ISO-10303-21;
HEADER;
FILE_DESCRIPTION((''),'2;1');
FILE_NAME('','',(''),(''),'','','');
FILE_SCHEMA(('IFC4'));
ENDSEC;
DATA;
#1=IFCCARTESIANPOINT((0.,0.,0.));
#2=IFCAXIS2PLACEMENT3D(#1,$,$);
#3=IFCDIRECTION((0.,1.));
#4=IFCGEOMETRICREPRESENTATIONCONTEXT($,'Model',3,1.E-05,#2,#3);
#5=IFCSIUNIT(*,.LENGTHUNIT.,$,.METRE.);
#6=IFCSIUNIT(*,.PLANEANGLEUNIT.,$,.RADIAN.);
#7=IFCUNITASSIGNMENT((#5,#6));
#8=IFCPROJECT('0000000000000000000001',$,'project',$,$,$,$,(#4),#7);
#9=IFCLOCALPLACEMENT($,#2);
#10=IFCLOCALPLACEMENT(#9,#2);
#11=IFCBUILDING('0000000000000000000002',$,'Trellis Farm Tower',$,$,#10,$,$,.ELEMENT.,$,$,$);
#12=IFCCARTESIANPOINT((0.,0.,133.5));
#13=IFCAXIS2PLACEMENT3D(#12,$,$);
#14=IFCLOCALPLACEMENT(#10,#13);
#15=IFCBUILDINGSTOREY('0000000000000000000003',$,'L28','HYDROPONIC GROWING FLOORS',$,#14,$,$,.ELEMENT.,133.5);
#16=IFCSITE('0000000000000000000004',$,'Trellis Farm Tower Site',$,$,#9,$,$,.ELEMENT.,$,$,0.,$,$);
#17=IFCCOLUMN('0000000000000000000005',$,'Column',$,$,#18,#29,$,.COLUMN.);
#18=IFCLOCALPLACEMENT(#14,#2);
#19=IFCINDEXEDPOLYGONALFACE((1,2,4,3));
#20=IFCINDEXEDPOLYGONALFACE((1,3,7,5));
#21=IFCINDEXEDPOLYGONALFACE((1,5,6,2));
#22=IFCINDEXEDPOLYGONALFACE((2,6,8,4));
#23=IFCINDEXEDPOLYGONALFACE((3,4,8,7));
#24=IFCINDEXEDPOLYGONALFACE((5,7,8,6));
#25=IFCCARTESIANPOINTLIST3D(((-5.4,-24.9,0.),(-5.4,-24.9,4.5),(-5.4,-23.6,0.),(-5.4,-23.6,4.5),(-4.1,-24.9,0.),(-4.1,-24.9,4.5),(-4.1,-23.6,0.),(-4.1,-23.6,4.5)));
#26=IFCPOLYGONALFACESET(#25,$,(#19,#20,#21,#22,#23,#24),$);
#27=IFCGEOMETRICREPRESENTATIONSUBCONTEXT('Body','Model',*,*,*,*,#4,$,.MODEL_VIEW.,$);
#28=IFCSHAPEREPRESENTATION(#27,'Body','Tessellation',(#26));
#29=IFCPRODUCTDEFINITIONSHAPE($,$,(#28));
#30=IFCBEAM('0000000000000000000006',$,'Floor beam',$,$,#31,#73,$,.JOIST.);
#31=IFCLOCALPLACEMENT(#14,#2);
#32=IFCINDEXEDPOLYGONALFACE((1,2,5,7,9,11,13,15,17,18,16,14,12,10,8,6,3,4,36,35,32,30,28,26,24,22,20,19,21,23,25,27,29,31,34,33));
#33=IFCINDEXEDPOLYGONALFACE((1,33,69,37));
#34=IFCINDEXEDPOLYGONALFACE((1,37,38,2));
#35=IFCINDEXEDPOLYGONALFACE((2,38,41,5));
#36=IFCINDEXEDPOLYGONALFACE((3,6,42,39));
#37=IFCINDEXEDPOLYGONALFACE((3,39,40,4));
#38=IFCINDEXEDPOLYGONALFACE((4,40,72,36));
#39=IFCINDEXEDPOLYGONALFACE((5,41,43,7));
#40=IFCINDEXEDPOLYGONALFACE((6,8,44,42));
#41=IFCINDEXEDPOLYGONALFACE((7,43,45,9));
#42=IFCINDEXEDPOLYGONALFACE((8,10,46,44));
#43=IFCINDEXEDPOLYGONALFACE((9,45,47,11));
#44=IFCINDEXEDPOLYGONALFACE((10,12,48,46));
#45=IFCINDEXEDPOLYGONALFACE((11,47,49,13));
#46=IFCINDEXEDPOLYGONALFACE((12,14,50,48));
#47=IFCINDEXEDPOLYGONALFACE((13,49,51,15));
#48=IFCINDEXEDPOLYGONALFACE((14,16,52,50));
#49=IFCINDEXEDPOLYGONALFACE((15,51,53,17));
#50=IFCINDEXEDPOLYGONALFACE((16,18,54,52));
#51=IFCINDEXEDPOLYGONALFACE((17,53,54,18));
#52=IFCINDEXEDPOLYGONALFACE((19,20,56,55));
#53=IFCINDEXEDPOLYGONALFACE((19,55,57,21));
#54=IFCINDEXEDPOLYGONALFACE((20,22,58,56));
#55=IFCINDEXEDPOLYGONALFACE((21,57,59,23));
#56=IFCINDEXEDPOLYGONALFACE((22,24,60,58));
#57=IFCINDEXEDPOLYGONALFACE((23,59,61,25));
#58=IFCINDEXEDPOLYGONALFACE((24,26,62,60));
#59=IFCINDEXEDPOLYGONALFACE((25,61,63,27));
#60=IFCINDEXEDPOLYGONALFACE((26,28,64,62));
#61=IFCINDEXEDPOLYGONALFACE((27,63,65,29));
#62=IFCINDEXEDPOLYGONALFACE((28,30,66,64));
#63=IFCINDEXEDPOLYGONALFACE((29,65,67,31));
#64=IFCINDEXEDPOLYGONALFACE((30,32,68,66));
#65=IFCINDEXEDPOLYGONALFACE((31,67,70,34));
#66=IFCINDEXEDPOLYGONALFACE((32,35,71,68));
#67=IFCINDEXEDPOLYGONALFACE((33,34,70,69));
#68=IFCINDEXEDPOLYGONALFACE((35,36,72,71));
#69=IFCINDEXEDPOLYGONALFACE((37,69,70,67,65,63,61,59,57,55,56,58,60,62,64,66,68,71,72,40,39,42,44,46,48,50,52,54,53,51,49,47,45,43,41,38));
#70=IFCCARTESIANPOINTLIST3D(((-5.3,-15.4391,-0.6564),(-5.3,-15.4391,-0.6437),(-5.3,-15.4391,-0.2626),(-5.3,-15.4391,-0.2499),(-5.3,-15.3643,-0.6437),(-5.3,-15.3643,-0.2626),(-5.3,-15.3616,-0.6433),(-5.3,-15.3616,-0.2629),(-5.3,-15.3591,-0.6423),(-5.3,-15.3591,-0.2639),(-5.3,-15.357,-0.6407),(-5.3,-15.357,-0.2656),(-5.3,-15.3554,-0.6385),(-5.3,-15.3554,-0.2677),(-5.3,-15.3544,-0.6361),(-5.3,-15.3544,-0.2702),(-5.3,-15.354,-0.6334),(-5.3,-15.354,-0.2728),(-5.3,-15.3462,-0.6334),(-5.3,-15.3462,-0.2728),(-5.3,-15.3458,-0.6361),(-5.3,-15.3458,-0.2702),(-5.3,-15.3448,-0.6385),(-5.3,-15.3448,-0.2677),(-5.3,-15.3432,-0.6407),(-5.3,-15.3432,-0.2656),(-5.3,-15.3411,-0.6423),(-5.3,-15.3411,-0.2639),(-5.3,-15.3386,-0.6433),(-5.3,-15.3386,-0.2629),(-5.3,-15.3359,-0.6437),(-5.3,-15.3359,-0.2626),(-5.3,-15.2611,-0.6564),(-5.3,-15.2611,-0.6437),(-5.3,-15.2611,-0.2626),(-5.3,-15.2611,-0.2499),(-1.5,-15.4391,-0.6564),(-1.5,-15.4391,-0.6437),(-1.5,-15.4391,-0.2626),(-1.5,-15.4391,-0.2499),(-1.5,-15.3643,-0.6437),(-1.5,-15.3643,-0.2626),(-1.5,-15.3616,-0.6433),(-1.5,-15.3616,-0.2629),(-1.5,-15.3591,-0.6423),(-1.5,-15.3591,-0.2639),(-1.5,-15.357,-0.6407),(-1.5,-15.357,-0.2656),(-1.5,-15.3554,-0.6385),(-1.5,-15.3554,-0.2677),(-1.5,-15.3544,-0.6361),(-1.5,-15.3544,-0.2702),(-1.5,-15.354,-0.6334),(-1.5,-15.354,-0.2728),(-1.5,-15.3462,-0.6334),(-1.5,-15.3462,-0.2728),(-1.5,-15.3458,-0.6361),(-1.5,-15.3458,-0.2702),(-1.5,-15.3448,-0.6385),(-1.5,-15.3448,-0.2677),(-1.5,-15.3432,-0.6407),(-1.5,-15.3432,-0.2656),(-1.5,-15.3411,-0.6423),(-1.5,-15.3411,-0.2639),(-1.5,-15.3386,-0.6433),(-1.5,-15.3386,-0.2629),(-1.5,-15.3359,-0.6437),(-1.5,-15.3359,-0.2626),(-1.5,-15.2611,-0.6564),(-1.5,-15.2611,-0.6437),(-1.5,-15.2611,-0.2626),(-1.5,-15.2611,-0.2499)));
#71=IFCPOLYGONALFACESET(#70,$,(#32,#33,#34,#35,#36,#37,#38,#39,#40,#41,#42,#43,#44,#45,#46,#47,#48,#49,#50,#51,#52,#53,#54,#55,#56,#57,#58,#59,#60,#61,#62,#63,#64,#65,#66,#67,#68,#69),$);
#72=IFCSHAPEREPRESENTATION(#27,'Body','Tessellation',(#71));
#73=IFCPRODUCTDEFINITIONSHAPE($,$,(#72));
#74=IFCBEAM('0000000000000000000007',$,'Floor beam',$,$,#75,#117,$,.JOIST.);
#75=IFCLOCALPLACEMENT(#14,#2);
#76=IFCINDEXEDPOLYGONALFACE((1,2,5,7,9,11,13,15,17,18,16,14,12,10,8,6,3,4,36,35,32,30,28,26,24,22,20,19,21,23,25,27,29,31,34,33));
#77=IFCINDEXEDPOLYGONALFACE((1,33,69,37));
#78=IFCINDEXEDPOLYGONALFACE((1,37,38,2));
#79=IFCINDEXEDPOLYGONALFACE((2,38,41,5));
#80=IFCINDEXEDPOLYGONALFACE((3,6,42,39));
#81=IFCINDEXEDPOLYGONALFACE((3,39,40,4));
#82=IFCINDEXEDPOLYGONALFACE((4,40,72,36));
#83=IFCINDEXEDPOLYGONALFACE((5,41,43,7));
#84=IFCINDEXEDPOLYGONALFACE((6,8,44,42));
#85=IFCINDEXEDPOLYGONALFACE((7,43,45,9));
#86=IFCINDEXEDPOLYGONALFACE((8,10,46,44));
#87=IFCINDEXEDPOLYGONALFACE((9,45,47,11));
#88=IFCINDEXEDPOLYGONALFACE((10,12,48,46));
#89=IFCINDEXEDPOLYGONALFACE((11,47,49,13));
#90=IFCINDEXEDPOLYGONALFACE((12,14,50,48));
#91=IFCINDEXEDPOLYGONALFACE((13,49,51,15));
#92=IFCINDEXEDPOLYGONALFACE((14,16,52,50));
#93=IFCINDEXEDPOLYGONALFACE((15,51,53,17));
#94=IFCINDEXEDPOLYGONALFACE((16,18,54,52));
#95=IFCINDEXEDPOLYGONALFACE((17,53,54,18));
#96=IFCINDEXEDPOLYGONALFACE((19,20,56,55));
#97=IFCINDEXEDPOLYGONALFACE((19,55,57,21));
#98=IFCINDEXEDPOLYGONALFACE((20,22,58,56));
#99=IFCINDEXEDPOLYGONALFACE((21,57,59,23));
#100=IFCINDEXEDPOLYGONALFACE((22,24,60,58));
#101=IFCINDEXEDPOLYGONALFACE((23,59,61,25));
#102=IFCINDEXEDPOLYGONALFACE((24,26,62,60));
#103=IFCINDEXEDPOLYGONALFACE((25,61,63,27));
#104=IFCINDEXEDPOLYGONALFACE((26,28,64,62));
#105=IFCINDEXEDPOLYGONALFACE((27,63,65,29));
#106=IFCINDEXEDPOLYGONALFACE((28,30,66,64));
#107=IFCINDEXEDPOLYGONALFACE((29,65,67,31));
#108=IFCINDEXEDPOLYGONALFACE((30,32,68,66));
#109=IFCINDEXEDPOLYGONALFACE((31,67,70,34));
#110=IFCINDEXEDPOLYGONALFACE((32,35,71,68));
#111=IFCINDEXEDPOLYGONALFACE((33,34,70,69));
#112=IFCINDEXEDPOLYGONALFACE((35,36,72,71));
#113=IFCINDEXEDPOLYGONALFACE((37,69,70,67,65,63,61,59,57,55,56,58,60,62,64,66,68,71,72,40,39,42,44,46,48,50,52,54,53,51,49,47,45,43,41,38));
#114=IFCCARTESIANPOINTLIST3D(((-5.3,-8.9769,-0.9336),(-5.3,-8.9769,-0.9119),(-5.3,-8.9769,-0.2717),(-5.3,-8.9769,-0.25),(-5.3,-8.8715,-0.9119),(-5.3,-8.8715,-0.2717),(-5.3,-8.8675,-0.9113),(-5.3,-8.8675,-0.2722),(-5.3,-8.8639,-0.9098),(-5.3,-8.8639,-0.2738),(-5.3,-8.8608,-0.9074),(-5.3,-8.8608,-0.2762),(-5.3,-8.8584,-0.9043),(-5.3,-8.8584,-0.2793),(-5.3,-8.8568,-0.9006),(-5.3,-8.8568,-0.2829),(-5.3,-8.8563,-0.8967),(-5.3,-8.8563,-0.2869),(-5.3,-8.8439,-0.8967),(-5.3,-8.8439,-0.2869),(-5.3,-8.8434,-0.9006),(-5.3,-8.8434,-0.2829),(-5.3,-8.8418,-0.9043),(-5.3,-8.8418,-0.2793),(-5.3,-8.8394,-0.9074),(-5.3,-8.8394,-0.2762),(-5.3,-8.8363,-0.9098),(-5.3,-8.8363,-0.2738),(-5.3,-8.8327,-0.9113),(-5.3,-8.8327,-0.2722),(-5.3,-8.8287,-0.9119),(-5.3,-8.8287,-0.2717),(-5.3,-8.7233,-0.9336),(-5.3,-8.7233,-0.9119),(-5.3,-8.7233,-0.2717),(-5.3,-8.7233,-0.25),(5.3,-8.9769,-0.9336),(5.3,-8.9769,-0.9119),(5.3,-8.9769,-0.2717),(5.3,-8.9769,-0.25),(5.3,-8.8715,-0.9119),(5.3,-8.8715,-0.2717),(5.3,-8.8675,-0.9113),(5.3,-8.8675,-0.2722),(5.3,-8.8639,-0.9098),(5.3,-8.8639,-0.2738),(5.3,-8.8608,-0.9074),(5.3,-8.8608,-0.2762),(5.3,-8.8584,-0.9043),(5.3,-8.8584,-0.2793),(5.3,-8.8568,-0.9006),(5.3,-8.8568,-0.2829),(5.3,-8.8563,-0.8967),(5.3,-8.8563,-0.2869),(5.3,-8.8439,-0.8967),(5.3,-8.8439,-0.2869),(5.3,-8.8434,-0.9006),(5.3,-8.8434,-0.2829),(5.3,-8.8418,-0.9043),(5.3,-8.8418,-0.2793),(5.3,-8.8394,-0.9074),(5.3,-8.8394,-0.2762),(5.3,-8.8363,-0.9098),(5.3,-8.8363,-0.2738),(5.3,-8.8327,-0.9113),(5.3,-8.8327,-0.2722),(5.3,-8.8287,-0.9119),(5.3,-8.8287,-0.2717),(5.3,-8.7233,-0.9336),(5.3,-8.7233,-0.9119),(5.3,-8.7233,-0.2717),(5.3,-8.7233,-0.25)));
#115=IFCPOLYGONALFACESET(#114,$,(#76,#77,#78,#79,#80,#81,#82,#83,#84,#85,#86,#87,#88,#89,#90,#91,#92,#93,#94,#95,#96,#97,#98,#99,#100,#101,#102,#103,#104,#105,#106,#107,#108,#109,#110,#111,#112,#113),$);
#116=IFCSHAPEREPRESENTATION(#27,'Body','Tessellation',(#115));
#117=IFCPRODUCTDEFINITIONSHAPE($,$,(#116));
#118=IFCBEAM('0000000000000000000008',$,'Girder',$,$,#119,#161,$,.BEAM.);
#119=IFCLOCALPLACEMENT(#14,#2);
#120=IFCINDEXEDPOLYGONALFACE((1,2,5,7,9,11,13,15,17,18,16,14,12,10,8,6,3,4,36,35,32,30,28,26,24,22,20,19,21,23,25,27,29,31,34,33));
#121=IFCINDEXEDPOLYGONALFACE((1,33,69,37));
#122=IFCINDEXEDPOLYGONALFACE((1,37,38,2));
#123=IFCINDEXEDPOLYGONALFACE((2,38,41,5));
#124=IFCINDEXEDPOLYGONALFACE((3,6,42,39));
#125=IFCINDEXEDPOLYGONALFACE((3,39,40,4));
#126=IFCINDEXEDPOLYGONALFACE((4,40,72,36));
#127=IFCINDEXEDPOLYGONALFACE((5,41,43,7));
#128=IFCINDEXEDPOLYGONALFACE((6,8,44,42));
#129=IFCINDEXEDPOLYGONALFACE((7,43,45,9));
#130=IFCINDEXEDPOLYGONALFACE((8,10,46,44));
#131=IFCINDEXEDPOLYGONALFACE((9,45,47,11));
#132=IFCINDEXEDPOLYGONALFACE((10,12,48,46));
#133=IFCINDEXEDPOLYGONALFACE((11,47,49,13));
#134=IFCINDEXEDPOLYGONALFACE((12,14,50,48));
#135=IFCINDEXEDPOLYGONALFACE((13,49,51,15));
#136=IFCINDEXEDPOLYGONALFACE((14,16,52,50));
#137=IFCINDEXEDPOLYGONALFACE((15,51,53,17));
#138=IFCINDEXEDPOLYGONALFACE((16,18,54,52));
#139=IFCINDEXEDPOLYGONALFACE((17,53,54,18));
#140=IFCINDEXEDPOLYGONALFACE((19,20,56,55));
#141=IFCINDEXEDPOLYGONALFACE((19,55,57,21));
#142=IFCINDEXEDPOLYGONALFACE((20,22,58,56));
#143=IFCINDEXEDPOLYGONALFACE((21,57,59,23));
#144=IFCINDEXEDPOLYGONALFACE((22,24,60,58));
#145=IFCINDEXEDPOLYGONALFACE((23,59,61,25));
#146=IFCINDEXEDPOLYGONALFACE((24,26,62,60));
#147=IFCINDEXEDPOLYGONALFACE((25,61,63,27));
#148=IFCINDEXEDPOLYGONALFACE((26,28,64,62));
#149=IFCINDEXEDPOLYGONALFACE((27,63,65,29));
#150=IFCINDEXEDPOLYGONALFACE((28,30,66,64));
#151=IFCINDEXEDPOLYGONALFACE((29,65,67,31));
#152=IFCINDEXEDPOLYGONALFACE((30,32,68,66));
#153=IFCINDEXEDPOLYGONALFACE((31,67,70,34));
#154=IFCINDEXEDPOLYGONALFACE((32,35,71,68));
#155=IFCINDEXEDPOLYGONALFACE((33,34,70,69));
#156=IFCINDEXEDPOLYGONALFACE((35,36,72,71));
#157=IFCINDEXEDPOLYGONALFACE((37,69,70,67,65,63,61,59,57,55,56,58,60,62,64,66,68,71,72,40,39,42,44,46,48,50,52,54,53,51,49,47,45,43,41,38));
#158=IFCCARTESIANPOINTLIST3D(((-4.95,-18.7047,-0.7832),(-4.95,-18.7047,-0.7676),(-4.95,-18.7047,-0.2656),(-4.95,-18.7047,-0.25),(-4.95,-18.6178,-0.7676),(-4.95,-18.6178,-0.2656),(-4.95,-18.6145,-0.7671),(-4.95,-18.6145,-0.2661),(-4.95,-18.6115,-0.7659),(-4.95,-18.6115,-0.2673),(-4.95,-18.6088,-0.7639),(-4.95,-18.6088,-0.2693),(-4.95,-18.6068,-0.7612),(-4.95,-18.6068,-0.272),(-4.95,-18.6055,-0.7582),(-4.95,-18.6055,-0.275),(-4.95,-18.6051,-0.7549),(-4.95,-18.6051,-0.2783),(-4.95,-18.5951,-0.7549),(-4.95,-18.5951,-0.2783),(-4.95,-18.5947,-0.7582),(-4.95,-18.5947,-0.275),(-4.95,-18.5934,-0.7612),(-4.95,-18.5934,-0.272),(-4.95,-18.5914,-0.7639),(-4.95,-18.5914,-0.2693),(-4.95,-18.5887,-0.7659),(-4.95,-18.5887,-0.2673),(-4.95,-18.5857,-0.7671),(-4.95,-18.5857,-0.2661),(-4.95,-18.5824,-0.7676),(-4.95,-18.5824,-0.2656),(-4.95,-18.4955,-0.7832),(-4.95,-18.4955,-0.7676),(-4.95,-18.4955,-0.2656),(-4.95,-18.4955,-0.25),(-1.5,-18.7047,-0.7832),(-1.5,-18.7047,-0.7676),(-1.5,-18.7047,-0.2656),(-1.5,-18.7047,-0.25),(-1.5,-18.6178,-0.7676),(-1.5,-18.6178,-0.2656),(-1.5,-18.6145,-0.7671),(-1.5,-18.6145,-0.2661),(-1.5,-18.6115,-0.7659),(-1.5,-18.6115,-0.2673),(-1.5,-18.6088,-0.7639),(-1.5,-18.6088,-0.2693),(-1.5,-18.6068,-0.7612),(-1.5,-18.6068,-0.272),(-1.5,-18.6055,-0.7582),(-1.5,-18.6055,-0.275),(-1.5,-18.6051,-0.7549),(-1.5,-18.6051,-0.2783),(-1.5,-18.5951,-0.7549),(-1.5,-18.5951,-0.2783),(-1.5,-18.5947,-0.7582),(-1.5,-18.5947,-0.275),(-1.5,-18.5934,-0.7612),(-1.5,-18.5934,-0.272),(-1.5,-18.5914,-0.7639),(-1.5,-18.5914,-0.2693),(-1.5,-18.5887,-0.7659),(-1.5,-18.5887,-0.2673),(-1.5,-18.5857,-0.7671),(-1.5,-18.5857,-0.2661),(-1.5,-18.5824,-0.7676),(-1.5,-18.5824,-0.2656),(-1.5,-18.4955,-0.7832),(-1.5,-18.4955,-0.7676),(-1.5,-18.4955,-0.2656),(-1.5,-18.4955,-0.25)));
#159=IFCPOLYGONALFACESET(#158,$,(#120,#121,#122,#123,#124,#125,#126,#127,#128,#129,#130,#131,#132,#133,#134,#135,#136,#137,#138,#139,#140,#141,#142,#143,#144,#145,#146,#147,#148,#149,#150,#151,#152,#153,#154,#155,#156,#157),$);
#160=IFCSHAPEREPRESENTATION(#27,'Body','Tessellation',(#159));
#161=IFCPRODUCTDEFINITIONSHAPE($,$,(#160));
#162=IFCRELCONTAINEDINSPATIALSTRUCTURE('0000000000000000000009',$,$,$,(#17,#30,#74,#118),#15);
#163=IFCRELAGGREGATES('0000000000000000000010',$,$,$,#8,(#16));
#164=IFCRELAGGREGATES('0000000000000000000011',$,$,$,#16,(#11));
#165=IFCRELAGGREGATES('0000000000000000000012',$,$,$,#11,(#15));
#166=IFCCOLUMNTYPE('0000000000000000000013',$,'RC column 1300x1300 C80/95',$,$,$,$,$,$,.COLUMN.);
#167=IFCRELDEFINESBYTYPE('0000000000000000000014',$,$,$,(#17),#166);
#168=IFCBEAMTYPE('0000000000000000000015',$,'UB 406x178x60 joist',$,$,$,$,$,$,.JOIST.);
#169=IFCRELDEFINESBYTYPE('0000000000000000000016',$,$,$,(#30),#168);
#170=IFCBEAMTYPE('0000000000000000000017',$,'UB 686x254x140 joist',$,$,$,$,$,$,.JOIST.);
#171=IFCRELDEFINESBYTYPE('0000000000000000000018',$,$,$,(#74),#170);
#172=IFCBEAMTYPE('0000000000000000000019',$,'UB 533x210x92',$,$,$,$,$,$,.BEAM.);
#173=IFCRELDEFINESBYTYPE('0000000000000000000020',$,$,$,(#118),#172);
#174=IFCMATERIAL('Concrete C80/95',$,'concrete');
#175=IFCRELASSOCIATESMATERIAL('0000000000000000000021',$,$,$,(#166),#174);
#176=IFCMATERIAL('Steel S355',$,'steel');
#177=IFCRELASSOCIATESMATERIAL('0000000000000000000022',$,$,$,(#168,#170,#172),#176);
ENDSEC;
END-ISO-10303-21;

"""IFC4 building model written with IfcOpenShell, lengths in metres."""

from ifc_helpers import new_model, si_unit, direction, frame, origin, origin_2d, place, context, subcontext, project, spatial, rectangle, i_section, extrude, source, transform, mapped, material, material_profile, profile_set, type_object, element, save


model = new_model("IFC4")

# Units and contexts
model_context = context("Model", 3, precision=1e-05, world=origin(), true_north=direction((0.0, 1.0)))
body_context = subcontext(model_context, "Body", "Model", "MODEL_VIEW")
ifc_project = project(units=[si_unit("LENGTHUNIT", "METRE"), si_unit("PLANEANGLEUNIT", "RADIAN")], contexts=[model_context])

# Site, building, storey
site_placement = place(None, origin())
site = spatial("IfcSite", under=ifc_project, at=site_placement, Name="Trellis Farm Tower Site", CompositionType="ELEMENT", RefElevation=0.0)
building_placement = place(site_placement, origin())
building = spatial("IfcBuilding", under=site, at=building_placement, Name="Trellis Farm Tower", CompositionType="ELEMENT")
storey_placement = place(building_placement, frame((0.0, 0.0, 133.5)))
storey = spatial("IfcBuildingStorey", under=building, at=storey_placement, Name="L28", Description="HYDROPONIC GROWING FLOORS", CompositionType="ELEMENT", Elevation=133.5)

# Column
ifc_material_1 = material(Name="Concrete C80/95", Category="concrete")
ifc_material_profile_1 = material_profile(ifc_material_1, rectangle(XDim=1.3, YDim=1.3, at=origin_2d()), Name="RC column 1300x1300 C80/95")
ifc_profile_set_1 = profile_set([ifc_material_profile_1], Name="Concrete C80/95")
column_type = type_object("IfcColumnType", Name="RC column 1300x1300 C80/95", PredefinedType="COLUMN", material=ifc_profile_set_1)
shared_shape_1 = source(origin(), body_context, "Body", "SweptSolid", [
    extrude(rectangle(XDim=1.3, YDim=1.3, at=origin_2d()), origin(), (0.0, 0.0, 1.0), 4.5),
])
column_placement = place(storey_placement, frame((-4.75, -24.25, 0.0), z_axis=(0.0, 0.0, 1.0), x_axis=(1.0, 0.0, 0.0)))
element("IfcColumn", 1, at=column_placement, inside=storey, type_object=column_type, Name="Column", PredefinedType="COLUMN", context=body_context, shape_type="MappedRepresentation", body=[
    mapped(shared_shape_1, transform((0.0, 0.0, 0.0))),
])

# Beams
ifc_material_2 = material(Name="Steel S355", Category="steel")
ifc_material_profile_2 = material_profile(ifc_material_2, i_section(OverallWidth=0.178, OverallDepth=0.4065, WebThickness=0.0078, FlangeThickness=0.0127, FilletRadius=0.0103, at=origin_2d()), Name="UB 406x178x60")
ifc_profile_set_2 = profile_set([ifc_material_profile_2], Name="Steel S355")
beam_type_1 = type_object("IfcBeamType", Name="UB 406x178x60 joist", PredefinedType="JOIST", material=ifc_profile_set_2)
shared_shape_2 = source(origin(), body_context, "Body", "SweptSolid", [
    extrude(i_section(OverallWidth=0.178, OverallDepth=0.4065, WebThickness=0.0078, FlangeThickness=0.0127, FilletRadius=0.0103, at=origin_2d()), origin(), (0.0, 0.0, 1.0), 3.8),
])
beam_1_placement = place(storey_placement, frame((-5.3, -15.3501, -0.4531), z_axis=(1.0, 0.0, 0.0), x_axis=(0.0, 1.0, 0.0)))
element("IfcBeam", 2, at=beam_1_placement, inside=storey, type_object=beam_type_1, Name="Floor beam", PredefinedType="JOIST", context=body_context, shape_type="MappedRepresentation", body=[
    mapped(shared_shape_2, transform((0.0, 0.0, 0.0))),
])
ifc_material_profile_3 = material_profile(ifc_material_2, i_section(OverallWidth=0.2537, OverallDepth=0.6836, WebThickness=0.0125, FlangeThickness=0.0217, FilletRadius=0.0151, at=origin_2d()), Name="UB 686x254x140")
ifc_profile_set_3 = profile_set([ifc_material_profile_3], Name="Steel S355")
beam_type_2 = type_object("IfcBeamType", Name="UB 686x254x140 joist", PredefinedType="JOIST", material=ifc_profile_set_3)
shared_shape_3 = source(origin(), body_context, "Body", "SweptSolid", [
    extrude(i_section(OverallWidth=0.2537, OverallDepth=0.6836, WebThickness=0.0125, FlangeThickness=0.0217, FilletRadius=0.0151, at=origin_2d()), origin(), (0.0, 0.0, 1.0), 10.6001),
])
beam_2_placement = place(storey_placement, frame((-5.3, -8.8501, -0.5918), z_axis=(1.0, 0.0, 0.0), x_axis=(0.0, 1.0, 0.0)))
element("IfcBeam", 3, at=beam_2_placement, inside=storey, type_object=beam_type_2, Name="Floor beam", PredefinedType="JOIST", context=body_context, shape_type="MappedRepresentation", body=[
    mapped(shared_shape_3, transform((0.0, 0.0, 0.0))),
])
ifc_material_profile_4 = material_profile(ifc_material_2, i_section(OverallWidth=0.2092, OverallDepth=0.5332, WebThickness=0.01, FlangeThickness=0.0156, FilletRadius=0.0127, at=origin_2d()), Name="UB 533x210x92")
ifc_profile_set_4 = profile_set([ifc_material_profile_4], Name="Steel S355")
beam_type_3 = type_object("IfcBeamType", Name="UB 533x210x92", PredefinedType="BEAM", material=ifc_profile_set_4)
shared_shape_4 = source(origin(), body_context, "Body", "SweptSolid", [
    extrude(i_section(OverallWidth=0.2092, OverallDepth=0.5332, WebThickness=0.01, FlangeThickness=0.0156, FilletRadius=0.0127, at=origin_2d()), origin(), (0.0, 0.0, 1.0), 3.45),
])
beam_3_placement = place(storey_placement, frame((-4.95, -18.6001, -0.5166), z_axis=(1.0, 0.0, 0.0), x_axis=(0.0, 1.0, 0.0)))
element("IfcBeam", 4, at=beam_3_placement, inside=storey, type_object=beam_type_3, Name="Girder", PredefinedType="BEAM", context=body_context, shape_type="MappedRepresentation", body=[
    mapped(shared_shape_4, transform((0.0, 0.0, 0.0))),
])

save(model, "model.ifc")
